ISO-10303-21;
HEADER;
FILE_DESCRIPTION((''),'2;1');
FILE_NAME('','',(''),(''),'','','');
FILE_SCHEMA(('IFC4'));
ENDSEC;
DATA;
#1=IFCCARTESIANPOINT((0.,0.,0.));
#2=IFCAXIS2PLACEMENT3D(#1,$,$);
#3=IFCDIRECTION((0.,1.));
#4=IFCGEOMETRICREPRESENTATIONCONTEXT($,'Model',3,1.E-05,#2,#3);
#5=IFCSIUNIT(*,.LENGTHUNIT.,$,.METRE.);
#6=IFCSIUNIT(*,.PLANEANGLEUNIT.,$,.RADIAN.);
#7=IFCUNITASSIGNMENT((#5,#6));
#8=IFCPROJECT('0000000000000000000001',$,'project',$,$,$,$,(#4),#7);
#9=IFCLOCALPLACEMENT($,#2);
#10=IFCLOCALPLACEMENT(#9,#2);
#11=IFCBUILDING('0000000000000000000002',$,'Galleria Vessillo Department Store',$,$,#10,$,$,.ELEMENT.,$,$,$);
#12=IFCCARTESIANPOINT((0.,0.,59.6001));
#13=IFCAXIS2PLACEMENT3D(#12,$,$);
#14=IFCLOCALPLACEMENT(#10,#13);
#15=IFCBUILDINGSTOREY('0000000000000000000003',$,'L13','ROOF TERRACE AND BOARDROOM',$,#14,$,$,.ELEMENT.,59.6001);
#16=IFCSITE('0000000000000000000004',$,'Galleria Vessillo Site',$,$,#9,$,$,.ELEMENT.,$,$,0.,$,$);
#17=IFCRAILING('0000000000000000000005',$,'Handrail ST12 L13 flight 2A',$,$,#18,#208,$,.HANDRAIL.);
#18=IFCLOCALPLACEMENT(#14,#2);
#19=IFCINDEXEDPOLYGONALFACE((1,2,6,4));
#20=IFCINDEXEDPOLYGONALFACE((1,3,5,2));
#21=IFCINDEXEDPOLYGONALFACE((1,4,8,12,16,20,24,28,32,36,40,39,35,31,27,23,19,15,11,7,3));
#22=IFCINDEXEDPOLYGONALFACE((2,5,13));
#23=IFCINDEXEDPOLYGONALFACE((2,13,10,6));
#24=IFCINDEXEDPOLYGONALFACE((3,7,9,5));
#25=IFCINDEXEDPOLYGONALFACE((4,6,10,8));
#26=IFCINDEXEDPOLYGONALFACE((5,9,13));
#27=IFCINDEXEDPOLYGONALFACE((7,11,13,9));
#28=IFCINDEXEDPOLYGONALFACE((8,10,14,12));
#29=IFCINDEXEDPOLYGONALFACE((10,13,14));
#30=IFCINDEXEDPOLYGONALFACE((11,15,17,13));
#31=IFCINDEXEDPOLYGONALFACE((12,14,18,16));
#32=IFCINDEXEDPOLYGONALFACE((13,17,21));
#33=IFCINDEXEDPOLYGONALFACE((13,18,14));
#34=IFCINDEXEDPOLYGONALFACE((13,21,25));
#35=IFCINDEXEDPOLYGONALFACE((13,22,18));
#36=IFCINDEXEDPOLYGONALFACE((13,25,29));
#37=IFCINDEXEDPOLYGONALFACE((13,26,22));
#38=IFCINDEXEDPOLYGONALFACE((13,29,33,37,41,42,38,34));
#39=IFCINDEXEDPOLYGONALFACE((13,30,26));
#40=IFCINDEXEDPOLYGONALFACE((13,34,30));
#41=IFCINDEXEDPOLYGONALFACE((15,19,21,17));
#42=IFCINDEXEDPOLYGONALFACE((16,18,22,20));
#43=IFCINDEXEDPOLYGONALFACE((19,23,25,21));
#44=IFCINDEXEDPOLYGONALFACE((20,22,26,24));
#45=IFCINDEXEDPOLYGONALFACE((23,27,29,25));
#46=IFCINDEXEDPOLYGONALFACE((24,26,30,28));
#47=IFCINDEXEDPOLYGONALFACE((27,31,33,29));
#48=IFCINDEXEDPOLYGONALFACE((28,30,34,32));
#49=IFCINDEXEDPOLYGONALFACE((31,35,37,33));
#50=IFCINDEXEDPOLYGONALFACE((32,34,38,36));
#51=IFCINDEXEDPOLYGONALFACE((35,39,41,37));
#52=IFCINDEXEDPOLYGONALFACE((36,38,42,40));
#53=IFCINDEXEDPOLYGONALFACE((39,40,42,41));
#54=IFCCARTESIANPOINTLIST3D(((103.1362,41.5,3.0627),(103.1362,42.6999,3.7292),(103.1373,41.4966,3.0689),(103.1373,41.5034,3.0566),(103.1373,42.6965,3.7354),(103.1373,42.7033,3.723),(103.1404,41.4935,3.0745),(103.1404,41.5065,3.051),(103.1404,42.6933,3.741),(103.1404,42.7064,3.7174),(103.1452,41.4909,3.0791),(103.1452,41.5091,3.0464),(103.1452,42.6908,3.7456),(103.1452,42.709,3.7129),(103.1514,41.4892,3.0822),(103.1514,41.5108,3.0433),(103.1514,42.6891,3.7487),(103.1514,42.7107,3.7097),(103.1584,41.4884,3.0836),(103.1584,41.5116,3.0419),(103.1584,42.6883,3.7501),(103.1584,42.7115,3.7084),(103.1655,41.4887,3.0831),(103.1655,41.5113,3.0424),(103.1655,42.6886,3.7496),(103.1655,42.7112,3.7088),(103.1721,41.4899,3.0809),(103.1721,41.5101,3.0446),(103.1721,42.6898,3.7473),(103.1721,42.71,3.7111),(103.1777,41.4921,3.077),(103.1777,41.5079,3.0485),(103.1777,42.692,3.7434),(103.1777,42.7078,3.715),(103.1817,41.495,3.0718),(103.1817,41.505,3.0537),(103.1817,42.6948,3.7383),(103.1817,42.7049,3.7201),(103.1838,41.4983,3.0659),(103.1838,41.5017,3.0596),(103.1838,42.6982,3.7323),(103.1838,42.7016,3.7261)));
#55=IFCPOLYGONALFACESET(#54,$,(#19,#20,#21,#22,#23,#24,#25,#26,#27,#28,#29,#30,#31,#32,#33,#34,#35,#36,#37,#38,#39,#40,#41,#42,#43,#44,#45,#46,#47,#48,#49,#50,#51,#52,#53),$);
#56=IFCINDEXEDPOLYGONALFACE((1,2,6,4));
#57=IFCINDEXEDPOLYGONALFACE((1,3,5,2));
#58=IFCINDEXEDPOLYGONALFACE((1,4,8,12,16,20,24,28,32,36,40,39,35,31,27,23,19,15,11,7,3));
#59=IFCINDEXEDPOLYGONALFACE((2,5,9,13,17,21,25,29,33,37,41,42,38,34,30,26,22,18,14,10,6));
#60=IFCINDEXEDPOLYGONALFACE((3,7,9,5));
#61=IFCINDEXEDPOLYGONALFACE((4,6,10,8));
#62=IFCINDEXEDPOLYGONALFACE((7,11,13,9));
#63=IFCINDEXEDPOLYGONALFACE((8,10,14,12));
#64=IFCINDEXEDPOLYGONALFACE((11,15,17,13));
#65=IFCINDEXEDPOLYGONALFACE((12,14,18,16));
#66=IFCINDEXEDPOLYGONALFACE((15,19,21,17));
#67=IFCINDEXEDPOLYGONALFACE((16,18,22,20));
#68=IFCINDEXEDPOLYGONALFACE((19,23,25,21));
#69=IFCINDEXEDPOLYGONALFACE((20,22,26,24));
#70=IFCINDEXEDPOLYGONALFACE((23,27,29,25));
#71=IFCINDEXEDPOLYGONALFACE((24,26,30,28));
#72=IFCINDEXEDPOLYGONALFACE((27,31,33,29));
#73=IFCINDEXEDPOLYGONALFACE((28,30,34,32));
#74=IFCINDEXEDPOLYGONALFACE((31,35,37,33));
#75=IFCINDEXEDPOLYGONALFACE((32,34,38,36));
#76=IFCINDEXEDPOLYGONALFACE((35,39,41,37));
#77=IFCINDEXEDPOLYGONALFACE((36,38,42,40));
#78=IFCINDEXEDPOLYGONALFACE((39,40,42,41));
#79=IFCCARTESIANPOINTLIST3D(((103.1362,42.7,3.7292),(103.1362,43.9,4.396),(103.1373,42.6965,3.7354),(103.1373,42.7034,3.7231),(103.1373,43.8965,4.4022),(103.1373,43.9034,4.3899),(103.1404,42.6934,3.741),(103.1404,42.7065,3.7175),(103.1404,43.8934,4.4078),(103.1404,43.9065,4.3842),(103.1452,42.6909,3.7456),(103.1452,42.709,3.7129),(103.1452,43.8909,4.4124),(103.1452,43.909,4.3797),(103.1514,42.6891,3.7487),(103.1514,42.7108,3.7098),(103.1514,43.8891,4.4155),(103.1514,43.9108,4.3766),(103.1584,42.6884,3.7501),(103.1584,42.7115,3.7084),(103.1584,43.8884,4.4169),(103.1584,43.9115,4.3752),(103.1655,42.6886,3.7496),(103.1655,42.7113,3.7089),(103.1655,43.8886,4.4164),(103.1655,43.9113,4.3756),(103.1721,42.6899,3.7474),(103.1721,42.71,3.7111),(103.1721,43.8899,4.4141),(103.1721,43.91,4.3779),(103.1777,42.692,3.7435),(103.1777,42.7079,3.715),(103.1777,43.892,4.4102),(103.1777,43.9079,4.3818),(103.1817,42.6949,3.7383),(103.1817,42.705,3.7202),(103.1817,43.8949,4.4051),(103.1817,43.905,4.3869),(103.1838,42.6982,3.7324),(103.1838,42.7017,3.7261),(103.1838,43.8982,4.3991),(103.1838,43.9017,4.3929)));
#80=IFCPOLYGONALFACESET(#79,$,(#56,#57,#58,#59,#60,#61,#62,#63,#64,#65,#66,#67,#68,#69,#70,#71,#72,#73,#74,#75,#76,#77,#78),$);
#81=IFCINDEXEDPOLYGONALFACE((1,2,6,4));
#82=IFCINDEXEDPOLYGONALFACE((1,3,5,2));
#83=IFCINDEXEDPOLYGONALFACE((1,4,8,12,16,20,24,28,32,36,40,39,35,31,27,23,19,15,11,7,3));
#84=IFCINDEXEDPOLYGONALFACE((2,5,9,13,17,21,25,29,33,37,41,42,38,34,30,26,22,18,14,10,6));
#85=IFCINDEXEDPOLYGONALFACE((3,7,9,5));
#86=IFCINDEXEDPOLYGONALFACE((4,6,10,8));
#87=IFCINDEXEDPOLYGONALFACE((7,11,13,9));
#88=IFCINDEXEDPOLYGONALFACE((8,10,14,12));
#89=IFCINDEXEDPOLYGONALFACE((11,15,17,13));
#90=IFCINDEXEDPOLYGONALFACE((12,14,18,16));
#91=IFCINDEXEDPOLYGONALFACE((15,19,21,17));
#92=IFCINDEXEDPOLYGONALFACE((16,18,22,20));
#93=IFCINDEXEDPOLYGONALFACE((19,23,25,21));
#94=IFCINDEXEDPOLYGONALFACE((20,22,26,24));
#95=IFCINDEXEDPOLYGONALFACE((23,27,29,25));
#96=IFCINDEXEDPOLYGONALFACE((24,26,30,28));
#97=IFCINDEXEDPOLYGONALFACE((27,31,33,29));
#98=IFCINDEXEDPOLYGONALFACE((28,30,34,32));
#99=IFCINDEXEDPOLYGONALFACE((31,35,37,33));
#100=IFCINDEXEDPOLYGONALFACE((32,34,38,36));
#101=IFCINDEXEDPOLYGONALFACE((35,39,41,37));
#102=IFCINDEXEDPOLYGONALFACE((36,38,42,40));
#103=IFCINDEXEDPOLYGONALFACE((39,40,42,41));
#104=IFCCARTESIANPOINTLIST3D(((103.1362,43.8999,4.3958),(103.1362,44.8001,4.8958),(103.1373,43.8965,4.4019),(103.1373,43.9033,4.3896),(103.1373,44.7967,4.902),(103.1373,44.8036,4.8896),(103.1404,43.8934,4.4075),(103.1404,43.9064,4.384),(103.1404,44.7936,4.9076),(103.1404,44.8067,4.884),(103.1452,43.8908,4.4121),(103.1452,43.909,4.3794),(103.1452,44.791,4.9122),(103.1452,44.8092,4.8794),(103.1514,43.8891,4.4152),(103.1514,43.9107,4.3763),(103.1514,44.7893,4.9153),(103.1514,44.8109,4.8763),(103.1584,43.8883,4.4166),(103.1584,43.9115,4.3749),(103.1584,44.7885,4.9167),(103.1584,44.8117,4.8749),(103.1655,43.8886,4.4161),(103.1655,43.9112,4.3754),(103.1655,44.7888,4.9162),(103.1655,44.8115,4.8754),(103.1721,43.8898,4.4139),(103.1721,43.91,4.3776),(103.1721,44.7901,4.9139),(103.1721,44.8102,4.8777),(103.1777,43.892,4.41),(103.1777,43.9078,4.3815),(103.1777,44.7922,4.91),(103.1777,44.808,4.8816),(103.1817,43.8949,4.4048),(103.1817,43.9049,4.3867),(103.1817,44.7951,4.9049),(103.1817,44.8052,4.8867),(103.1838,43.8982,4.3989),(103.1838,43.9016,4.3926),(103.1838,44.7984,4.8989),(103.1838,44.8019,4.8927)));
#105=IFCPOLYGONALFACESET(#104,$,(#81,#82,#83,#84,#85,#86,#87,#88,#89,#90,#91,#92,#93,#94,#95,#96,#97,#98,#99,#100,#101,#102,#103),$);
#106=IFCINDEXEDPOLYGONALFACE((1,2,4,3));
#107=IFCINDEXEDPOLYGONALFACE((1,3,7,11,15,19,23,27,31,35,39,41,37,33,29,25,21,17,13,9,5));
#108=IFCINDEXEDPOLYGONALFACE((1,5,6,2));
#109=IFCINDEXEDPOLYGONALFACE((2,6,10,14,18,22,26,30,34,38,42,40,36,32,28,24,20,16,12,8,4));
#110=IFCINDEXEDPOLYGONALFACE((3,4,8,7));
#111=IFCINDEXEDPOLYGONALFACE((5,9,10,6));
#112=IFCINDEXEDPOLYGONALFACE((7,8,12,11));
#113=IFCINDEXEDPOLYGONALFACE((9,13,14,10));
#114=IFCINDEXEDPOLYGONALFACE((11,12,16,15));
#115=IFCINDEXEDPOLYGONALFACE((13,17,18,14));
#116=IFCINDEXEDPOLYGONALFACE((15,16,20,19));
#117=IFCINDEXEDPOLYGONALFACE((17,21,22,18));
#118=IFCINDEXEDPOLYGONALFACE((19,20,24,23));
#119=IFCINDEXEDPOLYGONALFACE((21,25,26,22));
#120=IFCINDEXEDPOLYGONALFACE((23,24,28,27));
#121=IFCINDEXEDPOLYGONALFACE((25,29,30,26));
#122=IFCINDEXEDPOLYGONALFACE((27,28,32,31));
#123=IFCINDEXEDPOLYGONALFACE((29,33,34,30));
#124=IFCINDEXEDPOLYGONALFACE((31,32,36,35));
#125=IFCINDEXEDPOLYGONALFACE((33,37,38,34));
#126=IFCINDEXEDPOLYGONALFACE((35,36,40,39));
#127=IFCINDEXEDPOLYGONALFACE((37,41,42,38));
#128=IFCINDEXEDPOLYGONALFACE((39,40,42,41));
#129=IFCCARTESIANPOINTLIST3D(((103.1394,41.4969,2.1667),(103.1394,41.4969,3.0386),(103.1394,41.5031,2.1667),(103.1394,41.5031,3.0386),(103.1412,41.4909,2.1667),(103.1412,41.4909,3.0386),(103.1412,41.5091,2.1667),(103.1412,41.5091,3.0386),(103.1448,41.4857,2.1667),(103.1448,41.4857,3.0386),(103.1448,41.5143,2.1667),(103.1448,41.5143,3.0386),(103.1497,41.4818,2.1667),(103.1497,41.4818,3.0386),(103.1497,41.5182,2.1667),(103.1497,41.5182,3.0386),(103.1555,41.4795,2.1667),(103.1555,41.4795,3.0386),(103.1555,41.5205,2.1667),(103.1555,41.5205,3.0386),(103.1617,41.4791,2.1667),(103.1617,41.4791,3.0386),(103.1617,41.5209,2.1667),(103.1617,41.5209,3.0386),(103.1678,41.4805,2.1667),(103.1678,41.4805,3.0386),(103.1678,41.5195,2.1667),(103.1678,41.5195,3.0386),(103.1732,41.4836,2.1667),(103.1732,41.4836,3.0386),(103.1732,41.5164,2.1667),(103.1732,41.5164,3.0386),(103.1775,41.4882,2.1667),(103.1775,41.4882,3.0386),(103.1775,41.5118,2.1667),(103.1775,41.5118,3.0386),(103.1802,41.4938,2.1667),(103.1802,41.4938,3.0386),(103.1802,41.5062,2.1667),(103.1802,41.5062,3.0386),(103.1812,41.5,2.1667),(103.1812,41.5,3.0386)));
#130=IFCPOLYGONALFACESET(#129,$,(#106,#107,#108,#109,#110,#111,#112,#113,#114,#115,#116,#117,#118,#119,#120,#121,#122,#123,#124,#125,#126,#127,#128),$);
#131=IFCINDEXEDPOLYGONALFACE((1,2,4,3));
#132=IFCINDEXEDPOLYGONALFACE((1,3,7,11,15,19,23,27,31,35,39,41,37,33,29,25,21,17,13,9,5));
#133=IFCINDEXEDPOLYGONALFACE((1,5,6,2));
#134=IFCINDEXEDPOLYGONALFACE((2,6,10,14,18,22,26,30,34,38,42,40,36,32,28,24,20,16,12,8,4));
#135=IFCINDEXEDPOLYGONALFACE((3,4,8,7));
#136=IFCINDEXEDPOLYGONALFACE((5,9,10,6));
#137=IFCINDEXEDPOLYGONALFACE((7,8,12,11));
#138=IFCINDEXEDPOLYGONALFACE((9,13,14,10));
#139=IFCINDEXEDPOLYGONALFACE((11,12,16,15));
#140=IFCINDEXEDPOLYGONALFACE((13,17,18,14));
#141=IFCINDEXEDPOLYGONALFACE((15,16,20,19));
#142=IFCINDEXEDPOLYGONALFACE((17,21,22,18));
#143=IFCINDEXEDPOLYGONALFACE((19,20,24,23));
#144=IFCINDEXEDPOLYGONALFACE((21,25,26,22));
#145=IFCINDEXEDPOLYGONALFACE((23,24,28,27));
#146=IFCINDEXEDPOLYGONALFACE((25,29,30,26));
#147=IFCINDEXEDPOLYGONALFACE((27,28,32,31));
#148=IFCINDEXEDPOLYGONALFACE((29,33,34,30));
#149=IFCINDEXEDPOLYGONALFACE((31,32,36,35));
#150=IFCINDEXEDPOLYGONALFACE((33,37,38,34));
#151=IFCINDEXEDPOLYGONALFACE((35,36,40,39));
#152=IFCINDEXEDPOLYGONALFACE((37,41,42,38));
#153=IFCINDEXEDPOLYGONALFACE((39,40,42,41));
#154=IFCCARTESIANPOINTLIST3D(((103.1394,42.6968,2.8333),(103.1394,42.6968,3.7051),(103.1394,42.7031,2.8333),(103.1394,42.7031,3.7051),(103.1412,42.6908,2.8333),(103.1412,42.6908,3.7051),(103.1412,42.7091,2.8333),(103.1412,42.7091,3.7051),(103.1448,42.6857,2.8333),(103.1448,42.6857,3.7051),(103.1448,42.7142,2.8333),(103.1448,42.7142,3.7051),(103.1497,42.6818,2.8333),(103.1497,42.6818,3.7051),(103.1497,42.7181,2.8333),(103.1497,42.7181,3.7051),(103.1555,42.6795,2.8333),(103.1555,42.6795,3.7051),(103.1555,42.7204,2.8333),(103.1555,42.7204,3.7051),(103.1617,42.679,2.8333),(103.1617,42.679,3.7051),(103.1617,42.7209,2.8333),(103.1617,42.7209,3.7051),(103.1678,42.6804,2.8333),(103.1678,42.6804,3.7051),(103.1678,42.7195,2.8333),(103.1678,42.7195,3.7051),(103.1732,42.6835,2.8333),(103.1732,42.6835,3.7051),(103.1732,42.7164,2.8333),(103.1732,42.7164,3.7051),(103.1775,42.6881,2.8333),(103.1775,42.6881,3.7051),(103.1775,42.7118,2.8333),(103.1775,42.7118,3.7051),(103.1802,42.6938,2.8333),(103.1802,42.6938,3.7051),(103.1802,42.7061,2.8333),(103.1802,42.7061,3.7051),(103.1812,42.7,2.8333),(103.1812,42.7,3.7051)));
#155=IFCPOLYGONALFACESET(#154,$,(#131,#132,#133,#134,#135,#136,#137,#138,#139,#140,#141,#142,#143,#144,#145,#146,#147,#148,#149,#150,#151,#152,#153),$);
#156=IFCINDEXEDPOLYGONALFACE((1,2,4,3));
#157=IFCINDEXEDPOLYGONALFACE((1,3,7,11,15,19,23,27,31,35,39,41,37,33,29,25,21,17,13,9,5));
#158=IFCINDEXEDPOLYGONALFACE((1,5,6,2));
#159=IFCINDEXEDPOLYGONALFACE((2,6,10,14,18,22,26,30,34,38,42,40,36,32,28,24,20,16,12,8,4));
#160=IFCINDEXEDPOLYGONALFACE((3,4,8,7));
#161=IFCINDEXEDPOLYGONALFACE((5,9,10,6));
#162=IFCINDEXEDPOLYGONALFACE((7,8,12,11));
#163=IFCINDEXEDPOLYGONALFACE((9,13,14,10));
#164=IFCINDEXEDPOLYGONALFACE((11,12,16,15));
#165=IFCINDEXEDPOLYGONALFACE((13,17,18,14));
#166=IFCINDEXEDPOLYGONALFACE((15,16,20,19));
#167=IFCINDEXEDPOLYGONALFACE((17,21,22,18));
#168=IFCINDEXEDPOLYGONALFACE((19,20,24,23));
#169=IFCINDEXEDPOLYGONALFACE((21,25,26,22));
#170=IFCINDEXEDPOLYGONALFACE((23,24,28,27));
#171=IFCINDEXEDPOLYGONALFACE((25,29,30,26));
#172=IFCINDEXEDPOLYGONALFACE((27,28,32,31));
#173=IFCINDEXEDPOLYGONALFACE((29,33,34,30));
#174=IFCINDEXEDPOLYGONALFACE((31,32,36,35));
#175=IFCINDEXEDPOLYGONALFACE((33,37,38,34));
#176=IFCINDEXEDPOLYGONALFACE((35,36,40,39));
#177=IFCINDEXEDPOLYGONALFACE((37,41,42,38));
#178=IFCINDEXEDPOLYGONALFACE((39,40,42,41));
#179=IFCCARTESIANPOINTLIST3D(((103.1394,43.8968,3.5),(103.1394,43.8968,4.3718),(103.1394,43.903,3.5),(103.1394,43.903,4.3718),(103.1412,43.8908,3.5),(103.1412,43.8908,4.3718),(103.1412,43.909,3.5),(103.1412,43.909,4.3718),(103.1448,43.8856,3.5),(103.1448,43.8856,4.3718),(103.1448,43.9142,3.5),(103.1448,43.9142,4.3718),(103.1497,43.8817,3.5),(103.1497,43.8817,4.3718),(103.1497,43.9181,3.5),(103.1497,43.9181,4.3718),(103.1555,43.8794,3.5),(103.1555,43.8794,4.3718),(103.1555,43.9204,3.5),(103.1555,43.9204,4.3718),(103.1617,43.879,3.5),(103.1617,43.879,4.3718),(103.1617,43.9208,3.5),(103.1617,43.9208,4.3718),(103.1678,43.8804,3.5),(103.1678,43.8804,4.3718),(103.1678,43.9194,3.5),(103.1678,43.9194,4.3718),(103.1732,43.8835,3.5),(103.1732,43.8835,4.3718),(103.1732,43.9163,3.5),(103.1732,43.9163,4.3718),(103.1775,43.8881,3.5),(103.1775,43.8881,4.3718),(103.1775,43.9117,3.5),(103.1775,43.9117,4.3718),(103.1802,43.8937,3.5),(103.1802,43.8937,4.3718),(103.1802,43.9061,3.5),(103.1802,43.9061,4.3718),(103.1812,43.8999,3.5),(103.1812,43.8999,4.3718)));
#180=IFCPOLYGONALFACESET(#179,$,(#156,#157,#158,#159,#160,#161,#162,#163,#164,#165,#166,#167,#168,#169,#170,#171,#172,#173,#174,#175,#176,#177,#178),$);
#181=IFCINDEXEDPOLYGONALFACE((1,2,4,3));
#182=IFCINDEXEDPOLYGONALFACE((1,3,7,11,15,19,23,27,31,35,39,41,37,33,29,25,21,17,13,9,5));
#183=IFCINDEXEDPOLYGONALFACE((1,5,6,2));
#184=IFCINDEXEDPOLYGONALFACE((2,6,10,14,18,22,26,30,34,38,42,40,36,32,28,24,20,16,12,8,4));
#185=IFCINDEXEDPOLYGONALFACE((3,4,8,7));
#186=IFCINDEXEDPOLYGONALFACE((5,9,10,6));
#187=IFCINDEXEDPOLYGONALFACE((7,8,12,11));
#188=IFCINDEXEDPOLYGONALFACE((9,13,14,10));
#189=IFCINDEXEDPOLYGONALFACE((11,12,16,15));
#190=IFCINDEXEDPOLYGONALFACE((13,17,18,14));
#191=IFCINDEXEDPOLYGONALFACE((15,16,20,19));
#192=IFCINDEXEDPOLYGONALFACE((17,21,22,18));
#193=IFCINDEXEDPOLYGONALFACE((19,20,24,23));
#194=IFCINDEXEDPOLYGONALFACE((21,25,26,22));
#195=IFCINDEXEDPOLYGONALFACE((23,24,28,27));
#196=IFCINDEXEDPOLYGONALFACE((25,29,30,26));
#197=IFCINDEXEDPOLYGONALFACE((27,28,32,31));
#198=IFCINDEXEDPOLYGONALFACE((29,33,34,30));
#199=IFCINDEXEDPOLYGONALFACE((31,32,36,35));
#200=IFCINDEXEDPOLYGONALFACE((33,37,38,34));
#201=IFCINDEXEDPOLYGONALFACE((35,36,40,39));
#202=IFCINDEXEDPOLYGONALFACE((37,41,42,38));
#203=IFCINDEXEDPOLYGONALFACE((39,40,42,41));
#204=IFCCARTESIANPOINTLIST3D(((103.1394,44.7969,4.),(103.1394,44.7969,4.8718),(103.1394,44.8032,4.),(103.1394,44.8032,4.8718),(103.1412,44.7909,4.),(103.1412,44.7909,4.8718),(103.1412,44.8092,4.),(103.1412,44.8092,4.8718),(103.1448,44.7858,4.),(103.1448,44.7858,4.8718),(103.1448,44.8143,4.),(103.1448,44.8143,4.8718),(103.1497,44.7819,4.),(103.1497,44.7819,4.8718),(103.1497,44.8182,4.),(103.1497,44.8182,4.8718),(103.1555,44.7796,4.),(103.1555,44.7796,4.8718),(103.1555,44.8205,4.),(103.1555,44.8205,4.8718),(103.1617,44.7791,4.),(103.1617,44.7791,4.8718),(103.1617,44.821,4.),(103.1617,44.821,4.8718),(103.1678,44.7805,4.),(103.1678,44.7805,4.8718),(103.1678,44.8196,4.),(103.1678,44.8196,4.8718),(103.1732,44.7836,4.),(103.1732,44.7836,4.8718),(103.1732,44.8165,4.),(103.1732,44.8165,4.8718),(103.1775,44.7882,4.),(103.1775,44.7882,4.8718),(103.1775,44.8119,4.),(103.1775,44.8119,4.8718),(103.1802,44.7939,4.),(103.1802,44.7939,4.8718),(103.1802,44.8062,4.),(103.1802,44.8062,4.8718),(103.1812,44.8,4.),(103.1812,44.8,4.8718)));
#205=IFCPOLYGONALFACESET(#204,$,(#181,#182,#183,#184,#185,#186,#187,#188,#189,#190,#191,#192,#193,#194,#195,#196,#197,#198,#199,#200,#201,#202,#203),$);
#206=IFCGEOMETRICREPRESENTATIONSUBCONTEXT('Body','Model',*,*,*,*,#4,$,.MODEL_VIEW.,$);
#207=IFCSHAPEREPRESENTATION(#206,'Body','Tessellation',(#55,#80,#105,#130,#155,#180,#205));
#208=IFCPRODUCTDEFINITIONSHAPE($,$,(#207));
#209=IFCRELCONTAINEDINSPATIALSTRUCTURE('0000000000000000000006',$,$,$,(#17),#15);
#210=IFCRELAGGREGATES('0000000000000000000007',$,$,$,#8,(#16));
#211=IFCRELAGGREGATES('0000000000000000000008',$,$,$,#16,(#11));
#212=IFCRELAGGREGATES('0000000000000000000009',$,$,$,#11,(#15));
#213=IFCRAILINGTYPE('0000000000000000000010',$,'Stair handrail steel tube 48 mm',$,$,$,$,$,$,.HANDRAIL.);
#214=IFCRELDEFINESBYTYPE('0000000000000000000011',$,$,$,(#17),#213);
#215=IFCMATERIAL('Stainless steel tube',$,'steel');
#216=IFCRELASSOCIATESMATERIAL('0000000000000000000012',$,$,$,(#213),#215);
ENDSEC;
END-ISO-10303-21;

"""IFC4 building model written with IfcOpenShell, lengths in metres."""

from ifc_helpers import new_model, si_unit, direction, frame, origin, origin_2d, place, context, subcontext, project, spatial, circle, extrude, material, type_object, element, save


model = new_model("IFC4")

# Units and contexts
model_context = context("Model", 3, precision=1e-05, world=origin(), true_north=direction((0.0, 1.0)))
body_context = subcontext(model_context, "Body", "Model", "MODEL_VIEW")
ifc_project = project(units=[si_unit("LENGTHUNIT", "METRE"), si_unit("PLANEANGLEUNIT", "RADIAN")], contexts=[model_context])

# Site, building, storey
site_placement = place(None, origin())
site = spatial("IfcSite", under=ifc_project, at=site_placement, Name="Galleria Vessillo Site", CompositionType="ELEMENT", RefElevation=0.0)
building_placement = place(site_placement, origin())
building = spatial("IfcBuilding", under=site, at=building_placement, Name="Galleria Vessillo Department Store", CompositionType="ELEMENT")
storey_placement = place(building_placement, frame((0.0, 0.0, 59.6001)))
storey = spatial("IfcBuildingStorey", under=building, at=storey_placement, Name="L13", Description="ROOF TERRACE AND BOARDROOM", CompositionType="ELEMENT", Elevation=59.6001)

# Railing
ifc_material_1 = material(Name="Stainless steel tube", Category="steel")
railing_type = type_object("IfcRailingType", Name="Stair handrail steel tube 48 mm", PredefinedType="HANDRAIL", material=ifc_material_1)
for number, where, name in (
    (1, (103.1602, 41.5, 2.1667), "Handrail ST12 L13 flight 2A"),
):
    element("IfcRailing", number, at=place(storey_placement, frame(where)), inside=storey, type_object=railing_type, Name=name, PredefinedType="HANDRAIL", context=body_context, shape_type="SweptSolid", body=[
        extrude(circle(Radius=0.0239, at=origin_2d()), frame((0.0, 0.0, 0.896), z_axis=(0.0, 0.874199, 0.485567), x_axis=(-1.0, 0.0, 0.0)), (0.0, 0.0, 1.0), 1.3726),
        extrude(circle(Radius=0.0239, at=origin_2d()), frame((0.0, 1.2, 1.5625), z_axis=(0.0, 0.874124, 0.485703), x_axis=(-1.0, 0.0, 0.0)), (0.0, 0.0, 1.0), 1.3728),
        extrude(circle(Radius=0.0239, at=origin_2d()), frame((0.0, 2.3999, 2.229), z_axis=(0.0, 0.874191, 0.485583), x_axis=(-1.0, 0.0, 0.0)), (0.0, 0.0, 1.0), 1.0298),
        extrude(circle(Radius=0.021, at=origin_2d()), origin(), (0.0, 0.0, 1.0), 0.8718),
        extrude(circle(Radius=0.021, at=origin_2d()), frame((0.0, 1.2, 0.6665)), (0.0, 0.0, 1.0), 0.8718),
        extrude(circle(Radius=0.021, at=origin_2d()), frame((0.0, 2.3999, 1.3333)), (0.0, 0.0, 1.0), 0.8718),
        extrude(circle(Radius=0.021, at=origin_2d()), frame((0.0, 3.3, 1.8333)), (0.0, 0.0, 1.0), 0.8718),
    ])

save(model, "model.ifc")
